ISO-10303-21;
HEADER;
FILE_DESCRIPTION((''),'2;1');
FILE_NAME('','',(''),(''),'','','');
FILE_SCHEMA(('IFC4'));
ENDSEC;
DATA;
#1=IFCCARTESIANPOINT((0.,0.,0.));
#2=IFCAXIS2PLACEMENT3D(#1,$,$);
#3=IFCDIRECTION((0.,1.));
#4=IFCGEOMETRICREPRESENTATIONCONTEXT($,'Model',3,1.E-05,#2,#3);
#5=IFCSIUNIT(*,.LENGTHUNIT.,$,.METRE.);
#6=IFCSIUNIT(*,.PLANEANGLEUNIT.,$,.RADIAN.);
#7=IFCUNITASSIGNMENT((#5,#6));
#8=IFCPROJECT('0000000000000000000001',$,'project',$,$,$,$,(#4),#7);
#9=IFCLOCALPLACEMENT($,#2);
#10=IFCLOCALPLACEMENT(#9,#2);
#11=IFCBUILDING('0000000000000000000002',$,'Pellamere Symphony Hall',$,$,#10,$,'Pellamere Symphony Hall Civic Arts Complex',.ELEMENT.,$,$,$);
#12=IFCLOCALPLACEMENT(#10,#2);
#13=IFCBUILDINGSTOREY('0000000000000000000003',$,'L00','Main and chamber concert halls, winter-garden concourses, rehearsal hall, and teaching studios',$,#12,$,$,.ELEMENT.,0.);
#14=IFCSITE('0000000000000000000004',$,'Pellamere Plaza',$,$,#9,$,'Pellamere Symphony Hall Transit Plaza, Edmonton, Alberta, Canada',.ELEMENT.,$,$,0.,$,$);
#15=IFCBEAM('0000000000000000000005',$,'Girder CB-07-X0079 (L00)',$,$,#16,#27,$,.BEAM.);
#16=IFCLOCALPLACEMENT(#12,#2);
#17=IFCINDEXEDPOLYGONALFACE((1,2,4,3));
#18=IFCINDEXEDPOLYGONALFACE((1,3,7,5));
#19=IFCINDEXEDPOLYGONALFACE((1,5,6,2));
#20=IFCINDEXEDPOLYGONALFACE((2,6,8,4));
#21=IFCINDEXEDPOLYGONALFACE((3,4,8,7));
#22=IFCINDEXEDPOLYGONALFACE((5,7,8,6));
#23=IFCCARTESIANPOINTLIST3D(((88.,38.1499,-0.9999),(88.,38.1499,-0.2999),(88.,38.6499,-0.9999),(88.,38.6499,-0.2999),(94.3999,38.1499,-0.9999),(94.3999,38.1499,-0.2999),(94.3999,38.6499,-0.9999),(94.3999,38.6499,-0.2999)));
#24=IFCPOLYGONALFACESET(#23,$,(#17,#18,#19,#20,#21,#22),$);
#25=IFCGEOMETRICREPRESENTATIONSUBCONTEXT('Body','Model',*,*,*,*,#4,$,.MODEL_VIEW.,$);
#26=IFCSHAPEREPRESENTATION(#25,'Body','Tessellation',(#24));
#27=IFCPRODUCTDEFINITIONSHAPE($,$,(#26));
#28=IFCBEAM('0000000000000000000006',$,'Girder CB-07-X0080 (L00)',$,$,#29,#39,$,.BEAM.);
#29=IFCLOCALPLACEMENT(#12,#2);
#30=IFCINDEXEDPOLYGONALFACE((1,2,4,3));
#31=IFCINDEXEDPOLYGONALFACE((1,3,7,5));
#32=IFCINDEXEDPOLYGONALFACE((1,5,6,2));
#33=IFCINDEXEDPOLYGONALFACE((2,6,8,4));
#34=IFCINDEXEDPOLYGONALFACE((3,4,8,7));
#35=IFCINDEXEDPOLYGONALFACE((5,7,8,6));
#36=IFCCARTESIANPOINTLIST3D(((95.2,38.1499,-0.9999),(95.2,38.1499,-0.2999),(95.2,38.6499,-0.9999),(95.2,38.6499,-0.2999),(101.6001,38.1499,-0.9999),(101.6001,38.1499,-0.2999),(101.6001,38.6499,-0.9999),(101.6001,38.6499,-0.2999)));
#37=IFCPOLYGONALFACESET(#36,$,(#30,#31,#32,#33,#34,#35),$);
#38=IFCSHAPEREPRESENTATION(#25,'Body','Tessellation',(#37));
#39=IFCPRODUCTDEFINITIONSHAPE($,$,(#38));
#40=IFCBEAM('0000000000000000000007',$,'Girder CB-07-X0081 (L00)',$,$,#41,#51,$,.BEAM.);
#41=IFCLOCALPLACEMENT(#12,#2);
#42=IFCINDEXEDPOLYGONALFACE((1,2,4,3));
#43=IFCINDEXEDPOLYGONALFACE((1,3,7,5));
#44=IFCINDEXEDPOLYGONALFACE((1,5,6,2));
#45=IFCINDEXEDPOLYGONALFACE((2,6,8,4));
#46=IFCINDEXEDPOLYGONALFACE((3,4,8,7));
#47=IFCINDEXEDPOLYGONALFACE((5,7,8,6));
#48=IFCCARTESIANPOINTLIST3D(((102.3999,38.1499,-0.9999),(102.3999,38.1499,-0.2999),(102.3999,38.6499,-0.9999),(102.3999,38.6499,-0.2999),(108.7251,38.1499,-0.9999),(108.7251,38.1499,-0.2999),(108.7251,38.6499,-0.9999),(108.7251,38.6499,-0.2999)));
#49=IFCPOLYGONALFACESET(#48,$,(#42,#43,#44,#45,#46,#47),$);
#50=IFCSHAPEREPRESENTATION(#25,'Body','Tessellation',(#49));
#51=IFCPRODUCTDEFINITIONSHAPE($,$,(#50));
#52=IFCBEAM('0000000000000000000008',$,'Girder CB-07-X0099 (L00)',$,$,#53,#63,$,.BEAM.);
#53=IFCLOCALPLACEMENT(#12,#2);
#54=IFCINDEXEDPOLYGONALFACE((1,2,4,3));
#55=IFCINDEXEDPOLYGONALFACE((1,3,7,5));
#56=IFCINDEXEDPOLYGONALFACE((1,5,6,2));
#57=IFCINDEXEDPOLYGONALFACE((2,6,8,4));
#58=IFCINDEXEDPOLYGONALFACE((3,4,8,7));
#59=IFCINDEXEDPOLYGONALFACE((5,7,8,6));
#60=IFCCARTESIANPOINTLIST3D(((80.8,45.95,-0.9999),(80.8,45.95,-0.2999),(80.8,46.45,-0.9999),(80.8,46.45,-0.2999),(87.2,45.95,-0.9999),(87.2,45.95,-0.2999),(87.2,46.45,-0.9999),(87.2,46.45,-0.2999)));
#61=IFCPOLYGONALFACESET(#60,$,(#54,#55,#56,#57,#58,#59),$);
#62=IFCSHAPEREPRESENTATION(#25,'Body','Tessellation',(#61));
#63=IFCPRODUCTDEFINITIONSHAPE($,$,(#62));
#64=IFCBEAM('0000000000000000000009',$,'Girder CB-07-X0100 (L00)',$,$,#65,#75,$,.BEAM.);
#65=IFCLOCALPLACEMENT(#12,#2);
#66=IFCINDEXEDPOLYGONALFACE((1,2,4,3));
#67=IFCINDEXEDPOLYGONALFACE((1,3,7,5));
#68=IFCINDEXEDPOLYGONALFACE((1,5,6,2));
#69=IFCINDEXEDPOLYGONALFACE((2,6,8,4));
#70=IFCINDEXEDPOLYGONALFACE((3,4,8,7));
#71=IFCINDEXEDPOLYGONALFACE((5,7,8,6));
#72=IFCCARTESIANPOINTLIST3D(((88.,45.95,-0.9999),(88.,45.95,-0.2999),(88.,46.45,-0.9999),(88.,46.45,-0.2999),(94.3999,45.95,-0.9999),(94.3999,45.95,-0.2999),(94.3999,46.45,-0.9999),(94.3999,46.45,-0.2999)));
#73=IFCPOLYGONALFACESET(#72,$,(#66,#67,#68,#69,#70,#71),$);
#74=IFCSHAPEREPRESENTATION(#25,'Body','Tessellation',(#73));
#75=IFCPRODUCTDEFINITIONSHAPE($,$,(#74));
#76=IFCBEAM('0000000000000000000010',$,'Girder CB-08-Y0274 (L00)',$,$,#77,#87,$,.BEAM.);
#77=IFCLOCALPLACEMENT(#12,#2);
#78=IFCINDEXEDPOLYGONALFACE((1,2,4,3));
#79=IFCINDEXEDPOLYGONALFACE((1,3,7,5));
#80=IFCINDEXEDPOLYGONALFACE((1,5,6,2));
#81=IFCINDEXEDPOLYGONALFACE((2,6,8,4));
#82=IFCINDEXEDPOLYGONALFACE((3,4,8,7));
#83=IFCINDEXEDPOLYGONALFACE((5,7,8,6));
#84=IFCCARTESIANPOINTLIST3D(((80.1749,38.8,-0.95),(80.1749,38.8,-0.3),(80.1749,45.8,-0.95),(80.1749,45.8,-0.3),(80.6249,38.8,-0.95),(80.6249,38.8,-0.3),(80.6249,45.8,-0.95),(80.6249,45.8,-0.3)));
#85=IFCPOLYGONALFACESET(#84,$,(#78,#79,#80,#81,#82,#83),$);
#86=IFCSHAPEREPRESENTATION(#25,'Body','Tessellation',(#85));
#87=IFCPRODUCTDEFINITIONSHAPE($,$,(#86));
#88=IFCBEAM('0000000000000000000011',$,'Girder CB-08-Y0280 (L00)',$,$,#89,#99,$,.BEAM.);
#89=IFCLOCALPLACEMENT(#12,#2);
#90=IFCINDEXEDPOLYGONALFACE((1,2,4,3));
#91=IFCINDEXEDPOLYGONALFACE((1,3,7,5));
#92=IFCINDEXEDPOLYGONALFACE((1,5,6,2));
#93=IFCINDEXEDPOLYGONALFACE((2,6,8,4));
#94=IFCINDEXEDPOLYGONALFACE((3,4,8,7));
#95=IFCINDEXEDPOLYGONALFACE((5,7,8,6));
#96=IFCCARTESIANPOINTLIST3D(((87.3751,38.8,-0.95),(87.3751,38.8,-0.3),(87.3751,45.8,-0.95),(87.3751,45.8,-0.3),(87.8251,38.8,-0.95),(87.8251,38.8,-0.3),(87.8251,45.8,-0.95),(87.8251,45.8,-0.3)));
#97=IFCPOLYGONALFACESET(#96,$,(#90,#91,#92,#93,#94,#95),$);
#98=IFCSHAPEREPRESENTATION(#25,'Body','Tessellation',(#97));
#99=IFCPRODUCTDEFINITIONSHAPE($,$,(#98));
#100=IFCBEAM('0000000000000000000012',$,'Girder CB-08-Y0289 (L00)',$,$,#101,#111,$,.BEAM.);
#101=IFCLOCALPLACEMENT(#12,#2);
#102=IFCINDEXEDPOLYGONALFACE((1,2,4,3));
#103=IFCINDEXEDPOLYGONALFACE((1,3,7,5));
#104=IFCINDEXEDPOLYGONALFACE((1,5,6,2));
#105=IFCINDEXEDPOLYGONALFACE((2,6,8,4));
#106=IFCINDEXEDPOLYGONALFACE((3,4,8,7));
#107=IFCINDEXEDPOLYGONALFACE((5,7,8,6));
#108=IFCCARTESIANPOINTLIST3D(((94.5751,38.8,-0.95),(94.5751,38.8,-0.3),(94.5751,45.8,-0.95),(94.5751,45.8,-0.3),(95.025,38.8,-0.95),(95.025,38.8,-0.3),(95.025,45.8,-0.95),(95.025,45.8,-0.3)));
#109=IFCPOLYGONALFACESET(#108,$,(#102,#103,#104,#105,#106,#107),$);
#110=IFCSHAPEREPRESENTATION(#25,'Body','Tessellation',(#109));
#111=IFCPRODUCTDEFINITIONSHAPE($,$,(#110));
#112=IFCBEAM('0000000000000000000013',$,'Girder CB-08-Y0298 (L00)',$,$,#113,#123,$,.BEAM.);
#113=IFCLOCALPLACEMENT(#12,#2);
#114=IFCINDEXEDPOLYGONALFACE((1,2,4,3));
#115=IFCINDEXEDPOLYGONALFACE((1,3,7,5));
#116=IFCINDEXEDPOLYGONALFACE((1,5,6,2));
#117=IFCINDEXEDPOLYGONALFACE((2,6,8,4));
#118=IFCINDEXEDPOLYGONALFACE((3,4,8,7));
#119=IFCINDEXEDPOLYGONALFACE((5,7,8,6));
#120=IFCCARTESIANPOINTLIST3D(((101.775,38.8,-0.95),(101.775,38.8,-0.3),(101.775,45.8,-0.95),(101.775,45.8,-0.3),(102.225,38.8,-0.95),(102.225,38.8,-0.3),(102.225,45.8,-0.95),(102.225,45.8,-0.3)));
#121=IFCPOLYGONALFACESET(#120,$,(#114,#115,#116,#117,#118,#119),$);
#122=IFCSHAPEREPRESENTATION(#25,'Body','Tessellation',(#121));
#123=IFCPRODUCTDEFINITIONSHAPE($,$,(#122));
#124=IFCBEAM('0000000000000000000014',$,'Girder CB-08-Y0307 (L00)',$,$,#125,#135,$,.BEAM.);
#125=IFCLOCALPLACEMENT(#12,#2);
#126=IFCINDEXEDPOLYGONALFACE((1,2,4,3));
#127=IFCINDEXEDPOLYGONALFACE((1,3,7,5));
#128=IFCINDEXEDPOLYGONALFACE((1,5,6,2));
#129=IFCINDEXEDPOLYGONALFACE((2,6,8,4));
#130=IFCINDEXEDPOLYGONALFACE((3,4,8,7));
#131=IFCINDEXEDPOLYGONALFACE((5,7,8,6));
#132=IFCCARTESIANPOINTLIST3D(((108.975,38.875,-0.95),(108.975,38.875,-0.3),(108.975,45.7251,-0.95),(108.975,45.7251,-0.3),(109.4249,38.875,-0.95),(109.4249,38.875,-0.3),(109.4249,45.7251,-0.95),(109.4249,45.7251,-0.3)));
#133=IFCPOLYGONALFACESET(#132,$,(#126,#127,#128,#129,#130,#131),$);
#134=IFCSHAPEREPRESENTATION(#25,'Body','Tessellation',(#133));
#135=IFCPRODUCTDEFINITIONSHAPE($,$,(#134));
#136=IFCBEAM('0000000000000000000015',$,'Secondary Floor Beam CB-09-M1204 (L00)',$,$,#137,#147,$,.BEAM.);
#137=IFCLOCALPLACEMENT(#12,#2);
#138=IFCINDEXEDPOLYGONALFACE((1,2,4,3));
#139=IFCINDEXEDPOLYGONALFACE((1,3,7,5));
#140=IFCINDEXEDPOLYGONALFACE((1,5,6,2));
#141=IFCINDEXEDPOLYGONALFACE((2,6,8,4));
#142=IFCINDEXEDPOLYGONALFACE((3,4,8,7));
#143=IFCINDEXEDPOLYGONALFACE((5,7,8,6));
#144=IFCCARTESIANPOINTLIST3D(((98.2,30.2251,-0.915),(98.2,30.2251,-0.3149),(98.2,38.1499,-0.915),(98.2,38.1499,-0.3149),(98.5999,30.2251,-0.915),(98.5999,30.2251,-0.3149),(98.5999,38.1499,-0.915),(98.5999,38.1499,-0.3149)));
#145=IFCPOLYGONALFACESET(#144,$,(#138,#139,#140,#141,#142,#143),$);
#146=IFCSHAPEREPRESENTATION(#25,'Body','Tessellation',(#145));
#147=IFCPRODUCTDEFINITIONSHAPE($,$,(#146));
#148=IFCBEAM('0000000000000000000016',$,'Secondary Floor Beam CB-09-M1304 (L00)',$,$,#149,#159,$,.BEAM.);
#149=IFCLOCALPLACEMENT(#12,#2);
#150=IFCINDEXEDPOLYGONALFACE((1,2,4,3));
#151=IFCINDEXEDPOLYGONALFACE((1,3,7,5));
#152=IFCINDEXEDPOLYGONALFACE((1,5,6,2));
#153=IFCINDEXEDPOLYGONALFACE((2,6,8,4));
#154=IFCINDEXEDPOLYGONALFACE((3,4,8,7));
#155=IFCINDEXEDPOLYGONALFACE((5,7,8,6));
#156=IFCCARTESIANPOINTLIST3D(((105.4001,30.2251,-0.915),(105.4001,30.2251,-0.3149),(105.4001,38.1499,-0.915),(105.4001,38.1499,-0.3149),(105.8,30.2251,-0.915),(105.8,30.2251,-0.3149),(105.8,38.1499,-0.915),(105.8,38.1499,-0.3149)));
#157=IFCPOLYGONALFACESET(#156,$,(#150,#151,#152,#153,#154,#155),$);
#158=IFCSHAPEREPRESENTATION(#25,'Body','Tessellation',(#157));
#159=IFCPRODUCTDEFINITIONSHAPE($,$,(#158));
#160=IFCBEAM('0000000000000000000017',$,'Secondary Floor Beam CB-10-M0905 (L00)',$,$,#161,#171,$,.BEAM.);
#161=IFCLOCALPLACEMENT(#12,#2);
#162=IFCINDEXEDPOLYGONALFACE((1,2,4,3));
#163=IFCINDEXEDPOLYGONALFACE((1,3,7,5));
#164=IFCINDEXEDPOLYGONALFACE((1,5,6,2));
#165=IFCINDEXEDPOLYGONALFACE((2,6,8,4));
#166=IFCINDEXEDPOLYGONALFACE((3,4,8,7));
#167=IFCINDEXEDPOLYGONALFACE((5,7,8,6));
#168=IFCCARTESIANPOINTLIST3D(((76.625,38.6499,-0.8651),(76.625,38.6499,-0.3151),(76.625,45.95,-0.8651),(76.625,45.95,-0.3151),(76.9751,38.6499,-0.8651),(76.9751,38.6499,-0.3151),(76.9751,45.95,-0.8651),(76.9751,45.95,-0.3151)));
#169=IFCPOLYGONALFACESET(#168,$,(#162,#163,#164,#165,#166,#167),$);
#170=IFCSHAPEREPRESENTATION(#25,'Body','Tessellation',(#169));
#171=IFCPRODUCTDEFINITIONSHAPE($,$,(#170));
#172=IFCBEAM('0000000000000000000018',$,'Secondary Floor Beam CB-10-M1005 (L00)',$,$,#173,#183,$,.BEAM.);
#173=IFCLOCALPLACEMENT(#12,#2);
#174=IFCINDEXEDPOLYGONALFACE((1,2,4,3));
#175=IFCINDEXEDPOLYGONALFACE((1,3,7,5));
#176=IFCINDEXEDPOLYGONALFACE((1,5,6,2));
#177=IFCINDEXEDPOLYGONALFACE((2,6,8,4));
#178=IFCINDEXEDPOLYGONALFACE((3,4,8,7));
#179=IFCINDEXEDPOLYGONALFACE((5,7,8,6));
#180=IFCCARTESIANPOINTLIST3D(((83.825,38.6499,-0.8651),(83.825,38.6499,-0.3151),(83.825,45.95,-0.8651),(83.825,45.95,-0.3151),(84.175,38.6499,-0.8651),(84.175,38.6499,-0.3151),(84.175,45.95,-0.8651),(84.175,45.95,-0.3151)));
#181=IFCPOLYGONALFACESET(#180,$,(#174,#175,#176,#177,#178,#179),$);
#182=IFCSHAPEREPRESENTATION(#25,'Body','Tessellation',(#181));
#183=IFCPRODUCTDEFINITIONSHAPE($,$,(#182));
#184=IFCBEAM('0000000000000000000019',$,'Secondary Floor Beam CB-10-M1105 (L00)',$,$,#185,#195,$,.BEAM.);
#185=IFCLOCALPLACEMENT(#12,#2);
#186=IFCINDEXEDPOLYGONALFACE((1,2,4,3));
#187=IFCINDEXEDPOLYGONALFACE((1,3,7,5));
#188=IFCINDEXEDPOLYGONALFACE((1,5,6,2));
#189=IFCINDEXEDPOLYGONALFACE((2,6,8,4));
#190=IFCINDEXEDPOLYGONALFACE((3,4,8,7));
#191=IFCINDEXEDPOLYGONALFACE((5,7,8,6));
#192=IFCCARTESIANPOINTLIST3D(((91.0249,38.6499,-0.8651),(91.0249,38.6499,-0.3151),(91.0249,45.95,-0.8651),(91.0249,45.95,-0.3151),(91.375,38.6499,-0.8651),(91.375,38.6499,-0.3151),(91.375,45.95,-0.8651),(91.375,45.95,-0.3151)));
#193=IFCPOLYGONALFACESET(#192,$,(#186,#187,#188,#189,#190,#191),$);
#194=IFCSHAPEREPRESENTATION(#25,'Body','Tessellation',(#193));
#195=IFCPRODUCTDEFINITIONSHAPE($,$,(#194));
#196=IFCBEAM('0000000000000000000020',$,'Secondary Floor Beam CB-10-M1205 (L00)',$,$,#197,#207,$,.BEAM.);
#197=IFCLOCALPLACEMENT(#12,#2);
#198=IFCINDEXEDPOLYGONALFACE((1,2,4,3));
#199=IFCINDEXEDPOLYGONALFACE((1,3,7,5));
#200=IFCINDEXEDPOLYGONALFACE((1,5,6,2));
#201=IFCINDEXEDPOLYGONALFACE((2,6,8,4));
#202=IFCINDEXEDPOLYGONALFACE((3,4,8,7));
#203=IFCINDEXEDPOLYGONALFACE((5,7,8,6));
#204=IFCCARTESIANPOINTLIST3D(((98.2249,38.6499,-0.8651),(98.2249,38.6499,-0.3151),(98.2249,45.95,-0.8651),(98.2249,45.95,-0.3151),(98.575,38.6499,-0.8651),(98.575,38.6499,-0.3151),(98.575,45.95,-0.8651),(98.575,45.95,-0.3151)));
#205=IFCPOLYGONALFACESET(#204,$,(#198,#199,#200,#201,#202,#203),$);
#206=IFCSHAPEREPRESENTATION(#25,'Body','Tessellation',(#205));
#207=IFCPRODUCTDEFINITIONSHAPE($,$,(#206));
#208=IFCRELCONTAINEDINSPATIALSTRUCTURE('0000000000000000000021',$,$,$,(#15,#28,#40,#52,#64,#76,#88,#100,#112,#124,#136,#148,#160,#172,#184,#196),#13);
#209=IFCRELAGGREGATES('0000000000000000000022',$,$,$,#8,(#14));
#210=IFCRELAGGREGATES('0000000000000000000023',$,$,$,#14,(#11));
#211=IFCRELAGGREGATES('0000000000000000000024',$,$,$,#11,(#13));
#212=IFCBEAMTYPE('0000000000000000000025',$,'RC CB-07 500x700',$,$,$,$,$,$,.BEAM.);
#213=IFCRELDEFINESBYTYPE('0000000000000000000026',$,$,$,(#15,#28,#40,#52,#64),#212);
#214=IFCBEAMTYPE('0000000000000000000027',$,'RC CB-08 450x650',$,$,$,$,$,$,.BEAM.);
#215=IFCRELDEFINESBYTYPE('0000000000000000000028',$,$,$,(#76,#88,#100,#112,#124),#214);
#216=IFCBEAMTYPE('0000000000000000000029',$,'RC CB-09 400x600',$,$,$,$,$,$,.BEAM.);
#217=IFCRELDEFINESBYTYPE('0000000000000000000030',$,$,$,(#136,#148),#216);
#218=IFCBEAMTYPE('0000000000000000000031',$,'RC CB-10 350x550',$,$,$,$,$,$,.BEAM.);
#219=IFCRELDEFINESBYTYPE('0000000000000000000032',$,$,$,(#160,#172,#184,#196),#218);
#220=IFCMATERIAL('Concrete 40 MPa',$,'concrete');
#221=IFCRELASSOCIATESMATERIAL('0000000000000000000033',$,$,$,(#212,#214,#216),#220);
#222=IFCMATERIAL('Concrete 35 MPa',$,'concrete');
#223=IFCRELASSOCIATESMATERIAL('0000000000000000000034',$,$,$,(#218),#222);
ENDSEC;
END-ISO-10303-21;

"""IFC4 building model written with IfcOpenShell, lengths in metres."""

from ifc_helpers import new_model, si_unit, direction, frame, origin, origin_2d, place, context, subcontext, project, spatial, rectangle, extrude, material, material_profile, profile_set, type_object, element, save


model = new_model("IFC4")

# Units and contexts
model_context = context("Model", 3, precision=1e-05, world=origin(), true_north=direction((0.0, 1.0)))
body_context = subcontext(model_context, "Body", "Model", "MODEL_VIEW")
ifc_project = project(units=[si_unit("LENGTHUNIT", "METRE"), si_unit("PLANEANGLEUNIT", "RADIAN")], contexts=[model_context])

# Site, building, storey
site_placement = place(None, origin())
site = spatial("IfcSite", under=ifc_project, at=site_placement, Name="Pellamere Plaza", LongName="Pellamere Symphony Hall Transit Plaza, Edmonton, Alberta, Canada", CompositionType="ELEMENT", RefElevation=0.0)
building_placement = place(site_placement, origin())
building = spatial("IfcBuilding", under=site, at=building_placement, Name="Pellamere Symphony Hall", LongName="Pellamere Symphony Hall Civic Arts Complex", CompositionType="ELEMENT")
storey_placement = place(building_placement, origin())
storey = spatial("IfcBuildingStorey", under=building, at=storey_placement, Name="L00", Description="Main and chamber concert halls, winter-garden concourses, rehearsal hall, and teaching studios", CompositionType="ELEMENT", Elevation=0.0)

# Shared definitions
ifc_material_1 = material(Name="Concrete 40 MPa", Category="concrete")

# Beams
ifc_material_profile_1 = material_profile(ifc_material_1, rectangle(XDim=0.5, YDim=0.7, at=origin_2d()), Name="RC 500x700")
ifc_profile_set_1 = profile_set([ifc_material_profile_1], Name="Concrete 40 MPa")
beam_type_1 = type_object("IfcBeamType", Name="RC CB-07 500x700", PredefinedType="BEAM", material=ifc_profile_set_1)
for number, where, z_axis, x_axis, name in (
    (1, (88.0, 38.3999, -0.6499), (1.0, 0.0, 0.0), (0.0, 1.0, 0.0), "Girder CB-07-X0079 (L00)"),
):
    element("IfcBeam", number, at=place(storey_placement, frame(where, z_axis=z_axis, x_axis=x_axis)), inside=storey, type_object=beam_type_1, Name=name, PredefinedType="BEAM", context=body_context, shape_type="SweptSolid", body=[
        extrude(rectangle(XDim=0.5, YDim=0.7, at=origin_2d()), origin(), (0.0, 0.0, 1.0), 6.3999),
    ])
beam_1_placement = place(storey_placement, frame((95.2, 38.3999, -0.6499), z_axis=(1.0, 0.0, 0.0), x_axis=(0.0, 1.0, 0.0)))
element("IfcBeam", 2, at=beam_1_placement, inside=storey, type_object=beam_type_1, Name="Girder CB-07-X0080 (L00)", PredefinedType="BEAM", context=body_context, shape_type="SweptSolid", body=[
    extrude(rectangle(XDim=0.5, YDim=0.7, at=origin_2d()), origin(), (0.0, 0.0, 1.0), 6.4001),
])
beam_2_placement = place(storey_placement, frame((102.3999, 38.3999, -0.6499), z_axis=(1.0, 0.0, 0.0), x_axis=(0.0, 1.0, 0.0)))
element("IfcBeam", 3, at=beam_2_placement, inside=storey, type_object=beam_type_1, Name="Girder CB-07-X0081 (L00)", PredefinedType="BEAM", context=body_context, shape_type="SweptSolid", body=[
    extrude(rectangle(XDim=0.5, YDim=0.7, at=origin_2d()), origin(), (0.0, 0.0, 1.0), 6.3252),
])
for number, where, z_axis, x_axis, name in (
    (4, (80.8, 46.2, -0.6499), (1.0, 0.0, 0.0), (0.0, 1.0, 0.0), "Girder CB-07-X0099 (L00)"),
    (5, (88.0, 46.2, -0.6499), (1.0, 0.0, 0.0), (0.0, 1.0, 0.0), "Girder CB-07-X0100 (L00)"),
):
    element("IfcBeam", number, at=place(storey_placement, frame(where, z_axis=z_axis, x_axis=x_axis)), inside=storey, type_object=beam_type_1, Name=name, PredefinedType="BEAM", context=body_context, shape_type="SweptSolid", body=[
        extrude(rectangle(XDim=0.5, YDim=0.7, at=origin_2d()), origin(), (0.0, 0.0, 1.0), 6.3999),
    ])
ifc_material_profile_2 = material_profile(ifc_material_1, rectangle(XDim=0.45, YDim=0.6499, at=origin_2d()), Name="RC 450x650")
ifc_profile_set_2 = profile_set([ifc_material_profile_2], Name="Concrete 40 MPa")
beam_type_2 = type_object("IfcBeamType", Name="RC CB-08 450x650", PredefinedType="BEAM", material=ifc_profile_set_2)
for number, where, z_axis, x_axis, name in (
    (6, (80.3999, 38.8, -0.625), (0.0, 1.0, 0.0), (-1.0, 0.0, 0.0), "Girder CB-08-Y0274 (L00)"),
    (7, (87.6001, 38.8, -0.625), (0.0, 1.0, 0.0), (-1.0, 0.0, 0.0), "Girder CB-08-Y0280 (L00)"),
    (8, (94.8, 38.8, -0.625), (0.0, 1.0, 0.0), (-1.0, 0.0, 0.0), "Girder CB-08-Y0289 (L00)"),
    (9, (102.0, 38.8, -0.625), (0.0, 1.0, 0.0), (-1.0, 0.0, 0.0), "Girder CB-08-Y0298 (L00)"),
):
    element("IfcBeam", number, at=place(storey_placement, frame(where, z_axis=z_axis, x_axis=x_axis)), inside=storey, type_object=beam_type_2, Name=name, PredefinedType="BEAM", context=body_context, shape_type="SweptSolid", body=[
        extrude(rectangle(XDim=0.45, YDim=0.6499, at=origin_2d()), origin(), (0.0, 0.0, 1.0), 7.0),
    ])
beam_3_placement = place(storey_placement, frame((109.2, 38.875, -0.625), z_axis=(0.0, 1.0, 0.0), x_axis=(-1.0, 0.0, 0.0)))
element("IfcBeam", 10, at=beam_3_placement, inside=storey, type_object=beam_type_2, Name="Girder CB-08-Y0307 (L00)", PredefinedType="BEAM", context=body_context, shape_type="SweptSolid", body=[
    extrude(rectangle(XDim=0.45, YDim=0.6499, at=origin_2d()), origin(), (0.0, 0.0, 1.0), 6.8501),
])
ifc_material_profile_3 = material_profile(ifc_material_1, rectangle(XDim=0.3999, YDim=0.6001, at=origin_2d()), Name="RC 400x600")
ifc_profile_set_3 = profile_set([ifc_material_profile_3], Name="Concrete 40 MPa")
beam_type_3 = type_object("IfcBeamType", Name="RC CB-09 400x600", PredefinedType="BEAM", material=ifc_profile_set_3)
for number, where, z_axis, x_axis, name in (
    (11, (98.3999, 30.2251, -0.615), (0.0, 1.0, 0.0), (-1.0, 0.0, 0.0), "Secondary Floor Beam CB-09-M1204 (L00)"),
    (12, (105.6001, 30.2251, -0.615), (0.0, 1.0, 0.0), (-1.0, 0.0, 0.0), "Secondary Floor Beam CB-09-M1304 (L00)"),
):
    element("IfcBeam", number, at=place(storey_placement, frame(where, z_axis=z_axis, x_axis=x_axis)), inside=storey, type_object=beam_type_3, Name=name, PredefinedType="BEAM", context=body_context, shape_type="SweptSolid", body=[
        extrude(rectangle(XDim=0.3999, YDim=0.6001, at=origin_2d()), origin(), (0.0, 0.0, 1.0), 7.9248),
    ])
ifc_material_2 = material(Name="Concrete 35 MPa", Category="concrete")
ifc_material_profile_4 = material_profile(ifc_material_2, rectangle(XDim=0.3501, YDim=0.55, at=origin_2d()), Name="RC 350x550")
ifc_profile_set_4 = profile_set([ifc_material_profile_4], Name="Concrete 35 MPa")
beam_type_4 = type_object("IfcBeamType", Name="RC CB-10 350x550", PredefinedType="BEAM", material=ifc_profile_set_4)
for number, where, z_axis, x_axis, name in (
    (13, (76.8, 38.6499, -0.5901), (0.0, 1.0, 0.0), (-1.0, 0.0, 0.0), "Secondary Floor Beam CB-10-M0905 (L00)"),
    (14, (84.0, 38.6499, -0.5901), (0.0, 1.0, 0.0), (-1.0, 0.0, 0.0), "Secondary Floor Beam CB-10-M1005 (L00)"),
    (15, (91.2, 38.6499, -0.5901), (0.0, 1.0, 0.0), (-1.0, 0.0, 0.0), "Secondary Floor Beam CB-10-M1105 (L00)"),
    (16, (98.3999, 38.6499, -0.5901), (0.0, 1.0, 0.0), (-1.0, 0.0, 0.0), "Secondary Floor Beam CB-10-M1205 (L00)"),
):
    element("IfcBeam", number, at=place(storey_placement, frame(where, z_axis=z_axis, x_axis=x_axis)), inside=storey, type_object=beam_type_4, Name=name, PredefinedType="BEAM", context=body_context, shape_type="SweptSolid", body=[
        extrude(rectangle(XDim=0.3501, YDim=0.55, at=origin_2d()), origin(), (0.0, 0.0, 1.0), 7.3),
    ])

save(model, "model.ifc")
